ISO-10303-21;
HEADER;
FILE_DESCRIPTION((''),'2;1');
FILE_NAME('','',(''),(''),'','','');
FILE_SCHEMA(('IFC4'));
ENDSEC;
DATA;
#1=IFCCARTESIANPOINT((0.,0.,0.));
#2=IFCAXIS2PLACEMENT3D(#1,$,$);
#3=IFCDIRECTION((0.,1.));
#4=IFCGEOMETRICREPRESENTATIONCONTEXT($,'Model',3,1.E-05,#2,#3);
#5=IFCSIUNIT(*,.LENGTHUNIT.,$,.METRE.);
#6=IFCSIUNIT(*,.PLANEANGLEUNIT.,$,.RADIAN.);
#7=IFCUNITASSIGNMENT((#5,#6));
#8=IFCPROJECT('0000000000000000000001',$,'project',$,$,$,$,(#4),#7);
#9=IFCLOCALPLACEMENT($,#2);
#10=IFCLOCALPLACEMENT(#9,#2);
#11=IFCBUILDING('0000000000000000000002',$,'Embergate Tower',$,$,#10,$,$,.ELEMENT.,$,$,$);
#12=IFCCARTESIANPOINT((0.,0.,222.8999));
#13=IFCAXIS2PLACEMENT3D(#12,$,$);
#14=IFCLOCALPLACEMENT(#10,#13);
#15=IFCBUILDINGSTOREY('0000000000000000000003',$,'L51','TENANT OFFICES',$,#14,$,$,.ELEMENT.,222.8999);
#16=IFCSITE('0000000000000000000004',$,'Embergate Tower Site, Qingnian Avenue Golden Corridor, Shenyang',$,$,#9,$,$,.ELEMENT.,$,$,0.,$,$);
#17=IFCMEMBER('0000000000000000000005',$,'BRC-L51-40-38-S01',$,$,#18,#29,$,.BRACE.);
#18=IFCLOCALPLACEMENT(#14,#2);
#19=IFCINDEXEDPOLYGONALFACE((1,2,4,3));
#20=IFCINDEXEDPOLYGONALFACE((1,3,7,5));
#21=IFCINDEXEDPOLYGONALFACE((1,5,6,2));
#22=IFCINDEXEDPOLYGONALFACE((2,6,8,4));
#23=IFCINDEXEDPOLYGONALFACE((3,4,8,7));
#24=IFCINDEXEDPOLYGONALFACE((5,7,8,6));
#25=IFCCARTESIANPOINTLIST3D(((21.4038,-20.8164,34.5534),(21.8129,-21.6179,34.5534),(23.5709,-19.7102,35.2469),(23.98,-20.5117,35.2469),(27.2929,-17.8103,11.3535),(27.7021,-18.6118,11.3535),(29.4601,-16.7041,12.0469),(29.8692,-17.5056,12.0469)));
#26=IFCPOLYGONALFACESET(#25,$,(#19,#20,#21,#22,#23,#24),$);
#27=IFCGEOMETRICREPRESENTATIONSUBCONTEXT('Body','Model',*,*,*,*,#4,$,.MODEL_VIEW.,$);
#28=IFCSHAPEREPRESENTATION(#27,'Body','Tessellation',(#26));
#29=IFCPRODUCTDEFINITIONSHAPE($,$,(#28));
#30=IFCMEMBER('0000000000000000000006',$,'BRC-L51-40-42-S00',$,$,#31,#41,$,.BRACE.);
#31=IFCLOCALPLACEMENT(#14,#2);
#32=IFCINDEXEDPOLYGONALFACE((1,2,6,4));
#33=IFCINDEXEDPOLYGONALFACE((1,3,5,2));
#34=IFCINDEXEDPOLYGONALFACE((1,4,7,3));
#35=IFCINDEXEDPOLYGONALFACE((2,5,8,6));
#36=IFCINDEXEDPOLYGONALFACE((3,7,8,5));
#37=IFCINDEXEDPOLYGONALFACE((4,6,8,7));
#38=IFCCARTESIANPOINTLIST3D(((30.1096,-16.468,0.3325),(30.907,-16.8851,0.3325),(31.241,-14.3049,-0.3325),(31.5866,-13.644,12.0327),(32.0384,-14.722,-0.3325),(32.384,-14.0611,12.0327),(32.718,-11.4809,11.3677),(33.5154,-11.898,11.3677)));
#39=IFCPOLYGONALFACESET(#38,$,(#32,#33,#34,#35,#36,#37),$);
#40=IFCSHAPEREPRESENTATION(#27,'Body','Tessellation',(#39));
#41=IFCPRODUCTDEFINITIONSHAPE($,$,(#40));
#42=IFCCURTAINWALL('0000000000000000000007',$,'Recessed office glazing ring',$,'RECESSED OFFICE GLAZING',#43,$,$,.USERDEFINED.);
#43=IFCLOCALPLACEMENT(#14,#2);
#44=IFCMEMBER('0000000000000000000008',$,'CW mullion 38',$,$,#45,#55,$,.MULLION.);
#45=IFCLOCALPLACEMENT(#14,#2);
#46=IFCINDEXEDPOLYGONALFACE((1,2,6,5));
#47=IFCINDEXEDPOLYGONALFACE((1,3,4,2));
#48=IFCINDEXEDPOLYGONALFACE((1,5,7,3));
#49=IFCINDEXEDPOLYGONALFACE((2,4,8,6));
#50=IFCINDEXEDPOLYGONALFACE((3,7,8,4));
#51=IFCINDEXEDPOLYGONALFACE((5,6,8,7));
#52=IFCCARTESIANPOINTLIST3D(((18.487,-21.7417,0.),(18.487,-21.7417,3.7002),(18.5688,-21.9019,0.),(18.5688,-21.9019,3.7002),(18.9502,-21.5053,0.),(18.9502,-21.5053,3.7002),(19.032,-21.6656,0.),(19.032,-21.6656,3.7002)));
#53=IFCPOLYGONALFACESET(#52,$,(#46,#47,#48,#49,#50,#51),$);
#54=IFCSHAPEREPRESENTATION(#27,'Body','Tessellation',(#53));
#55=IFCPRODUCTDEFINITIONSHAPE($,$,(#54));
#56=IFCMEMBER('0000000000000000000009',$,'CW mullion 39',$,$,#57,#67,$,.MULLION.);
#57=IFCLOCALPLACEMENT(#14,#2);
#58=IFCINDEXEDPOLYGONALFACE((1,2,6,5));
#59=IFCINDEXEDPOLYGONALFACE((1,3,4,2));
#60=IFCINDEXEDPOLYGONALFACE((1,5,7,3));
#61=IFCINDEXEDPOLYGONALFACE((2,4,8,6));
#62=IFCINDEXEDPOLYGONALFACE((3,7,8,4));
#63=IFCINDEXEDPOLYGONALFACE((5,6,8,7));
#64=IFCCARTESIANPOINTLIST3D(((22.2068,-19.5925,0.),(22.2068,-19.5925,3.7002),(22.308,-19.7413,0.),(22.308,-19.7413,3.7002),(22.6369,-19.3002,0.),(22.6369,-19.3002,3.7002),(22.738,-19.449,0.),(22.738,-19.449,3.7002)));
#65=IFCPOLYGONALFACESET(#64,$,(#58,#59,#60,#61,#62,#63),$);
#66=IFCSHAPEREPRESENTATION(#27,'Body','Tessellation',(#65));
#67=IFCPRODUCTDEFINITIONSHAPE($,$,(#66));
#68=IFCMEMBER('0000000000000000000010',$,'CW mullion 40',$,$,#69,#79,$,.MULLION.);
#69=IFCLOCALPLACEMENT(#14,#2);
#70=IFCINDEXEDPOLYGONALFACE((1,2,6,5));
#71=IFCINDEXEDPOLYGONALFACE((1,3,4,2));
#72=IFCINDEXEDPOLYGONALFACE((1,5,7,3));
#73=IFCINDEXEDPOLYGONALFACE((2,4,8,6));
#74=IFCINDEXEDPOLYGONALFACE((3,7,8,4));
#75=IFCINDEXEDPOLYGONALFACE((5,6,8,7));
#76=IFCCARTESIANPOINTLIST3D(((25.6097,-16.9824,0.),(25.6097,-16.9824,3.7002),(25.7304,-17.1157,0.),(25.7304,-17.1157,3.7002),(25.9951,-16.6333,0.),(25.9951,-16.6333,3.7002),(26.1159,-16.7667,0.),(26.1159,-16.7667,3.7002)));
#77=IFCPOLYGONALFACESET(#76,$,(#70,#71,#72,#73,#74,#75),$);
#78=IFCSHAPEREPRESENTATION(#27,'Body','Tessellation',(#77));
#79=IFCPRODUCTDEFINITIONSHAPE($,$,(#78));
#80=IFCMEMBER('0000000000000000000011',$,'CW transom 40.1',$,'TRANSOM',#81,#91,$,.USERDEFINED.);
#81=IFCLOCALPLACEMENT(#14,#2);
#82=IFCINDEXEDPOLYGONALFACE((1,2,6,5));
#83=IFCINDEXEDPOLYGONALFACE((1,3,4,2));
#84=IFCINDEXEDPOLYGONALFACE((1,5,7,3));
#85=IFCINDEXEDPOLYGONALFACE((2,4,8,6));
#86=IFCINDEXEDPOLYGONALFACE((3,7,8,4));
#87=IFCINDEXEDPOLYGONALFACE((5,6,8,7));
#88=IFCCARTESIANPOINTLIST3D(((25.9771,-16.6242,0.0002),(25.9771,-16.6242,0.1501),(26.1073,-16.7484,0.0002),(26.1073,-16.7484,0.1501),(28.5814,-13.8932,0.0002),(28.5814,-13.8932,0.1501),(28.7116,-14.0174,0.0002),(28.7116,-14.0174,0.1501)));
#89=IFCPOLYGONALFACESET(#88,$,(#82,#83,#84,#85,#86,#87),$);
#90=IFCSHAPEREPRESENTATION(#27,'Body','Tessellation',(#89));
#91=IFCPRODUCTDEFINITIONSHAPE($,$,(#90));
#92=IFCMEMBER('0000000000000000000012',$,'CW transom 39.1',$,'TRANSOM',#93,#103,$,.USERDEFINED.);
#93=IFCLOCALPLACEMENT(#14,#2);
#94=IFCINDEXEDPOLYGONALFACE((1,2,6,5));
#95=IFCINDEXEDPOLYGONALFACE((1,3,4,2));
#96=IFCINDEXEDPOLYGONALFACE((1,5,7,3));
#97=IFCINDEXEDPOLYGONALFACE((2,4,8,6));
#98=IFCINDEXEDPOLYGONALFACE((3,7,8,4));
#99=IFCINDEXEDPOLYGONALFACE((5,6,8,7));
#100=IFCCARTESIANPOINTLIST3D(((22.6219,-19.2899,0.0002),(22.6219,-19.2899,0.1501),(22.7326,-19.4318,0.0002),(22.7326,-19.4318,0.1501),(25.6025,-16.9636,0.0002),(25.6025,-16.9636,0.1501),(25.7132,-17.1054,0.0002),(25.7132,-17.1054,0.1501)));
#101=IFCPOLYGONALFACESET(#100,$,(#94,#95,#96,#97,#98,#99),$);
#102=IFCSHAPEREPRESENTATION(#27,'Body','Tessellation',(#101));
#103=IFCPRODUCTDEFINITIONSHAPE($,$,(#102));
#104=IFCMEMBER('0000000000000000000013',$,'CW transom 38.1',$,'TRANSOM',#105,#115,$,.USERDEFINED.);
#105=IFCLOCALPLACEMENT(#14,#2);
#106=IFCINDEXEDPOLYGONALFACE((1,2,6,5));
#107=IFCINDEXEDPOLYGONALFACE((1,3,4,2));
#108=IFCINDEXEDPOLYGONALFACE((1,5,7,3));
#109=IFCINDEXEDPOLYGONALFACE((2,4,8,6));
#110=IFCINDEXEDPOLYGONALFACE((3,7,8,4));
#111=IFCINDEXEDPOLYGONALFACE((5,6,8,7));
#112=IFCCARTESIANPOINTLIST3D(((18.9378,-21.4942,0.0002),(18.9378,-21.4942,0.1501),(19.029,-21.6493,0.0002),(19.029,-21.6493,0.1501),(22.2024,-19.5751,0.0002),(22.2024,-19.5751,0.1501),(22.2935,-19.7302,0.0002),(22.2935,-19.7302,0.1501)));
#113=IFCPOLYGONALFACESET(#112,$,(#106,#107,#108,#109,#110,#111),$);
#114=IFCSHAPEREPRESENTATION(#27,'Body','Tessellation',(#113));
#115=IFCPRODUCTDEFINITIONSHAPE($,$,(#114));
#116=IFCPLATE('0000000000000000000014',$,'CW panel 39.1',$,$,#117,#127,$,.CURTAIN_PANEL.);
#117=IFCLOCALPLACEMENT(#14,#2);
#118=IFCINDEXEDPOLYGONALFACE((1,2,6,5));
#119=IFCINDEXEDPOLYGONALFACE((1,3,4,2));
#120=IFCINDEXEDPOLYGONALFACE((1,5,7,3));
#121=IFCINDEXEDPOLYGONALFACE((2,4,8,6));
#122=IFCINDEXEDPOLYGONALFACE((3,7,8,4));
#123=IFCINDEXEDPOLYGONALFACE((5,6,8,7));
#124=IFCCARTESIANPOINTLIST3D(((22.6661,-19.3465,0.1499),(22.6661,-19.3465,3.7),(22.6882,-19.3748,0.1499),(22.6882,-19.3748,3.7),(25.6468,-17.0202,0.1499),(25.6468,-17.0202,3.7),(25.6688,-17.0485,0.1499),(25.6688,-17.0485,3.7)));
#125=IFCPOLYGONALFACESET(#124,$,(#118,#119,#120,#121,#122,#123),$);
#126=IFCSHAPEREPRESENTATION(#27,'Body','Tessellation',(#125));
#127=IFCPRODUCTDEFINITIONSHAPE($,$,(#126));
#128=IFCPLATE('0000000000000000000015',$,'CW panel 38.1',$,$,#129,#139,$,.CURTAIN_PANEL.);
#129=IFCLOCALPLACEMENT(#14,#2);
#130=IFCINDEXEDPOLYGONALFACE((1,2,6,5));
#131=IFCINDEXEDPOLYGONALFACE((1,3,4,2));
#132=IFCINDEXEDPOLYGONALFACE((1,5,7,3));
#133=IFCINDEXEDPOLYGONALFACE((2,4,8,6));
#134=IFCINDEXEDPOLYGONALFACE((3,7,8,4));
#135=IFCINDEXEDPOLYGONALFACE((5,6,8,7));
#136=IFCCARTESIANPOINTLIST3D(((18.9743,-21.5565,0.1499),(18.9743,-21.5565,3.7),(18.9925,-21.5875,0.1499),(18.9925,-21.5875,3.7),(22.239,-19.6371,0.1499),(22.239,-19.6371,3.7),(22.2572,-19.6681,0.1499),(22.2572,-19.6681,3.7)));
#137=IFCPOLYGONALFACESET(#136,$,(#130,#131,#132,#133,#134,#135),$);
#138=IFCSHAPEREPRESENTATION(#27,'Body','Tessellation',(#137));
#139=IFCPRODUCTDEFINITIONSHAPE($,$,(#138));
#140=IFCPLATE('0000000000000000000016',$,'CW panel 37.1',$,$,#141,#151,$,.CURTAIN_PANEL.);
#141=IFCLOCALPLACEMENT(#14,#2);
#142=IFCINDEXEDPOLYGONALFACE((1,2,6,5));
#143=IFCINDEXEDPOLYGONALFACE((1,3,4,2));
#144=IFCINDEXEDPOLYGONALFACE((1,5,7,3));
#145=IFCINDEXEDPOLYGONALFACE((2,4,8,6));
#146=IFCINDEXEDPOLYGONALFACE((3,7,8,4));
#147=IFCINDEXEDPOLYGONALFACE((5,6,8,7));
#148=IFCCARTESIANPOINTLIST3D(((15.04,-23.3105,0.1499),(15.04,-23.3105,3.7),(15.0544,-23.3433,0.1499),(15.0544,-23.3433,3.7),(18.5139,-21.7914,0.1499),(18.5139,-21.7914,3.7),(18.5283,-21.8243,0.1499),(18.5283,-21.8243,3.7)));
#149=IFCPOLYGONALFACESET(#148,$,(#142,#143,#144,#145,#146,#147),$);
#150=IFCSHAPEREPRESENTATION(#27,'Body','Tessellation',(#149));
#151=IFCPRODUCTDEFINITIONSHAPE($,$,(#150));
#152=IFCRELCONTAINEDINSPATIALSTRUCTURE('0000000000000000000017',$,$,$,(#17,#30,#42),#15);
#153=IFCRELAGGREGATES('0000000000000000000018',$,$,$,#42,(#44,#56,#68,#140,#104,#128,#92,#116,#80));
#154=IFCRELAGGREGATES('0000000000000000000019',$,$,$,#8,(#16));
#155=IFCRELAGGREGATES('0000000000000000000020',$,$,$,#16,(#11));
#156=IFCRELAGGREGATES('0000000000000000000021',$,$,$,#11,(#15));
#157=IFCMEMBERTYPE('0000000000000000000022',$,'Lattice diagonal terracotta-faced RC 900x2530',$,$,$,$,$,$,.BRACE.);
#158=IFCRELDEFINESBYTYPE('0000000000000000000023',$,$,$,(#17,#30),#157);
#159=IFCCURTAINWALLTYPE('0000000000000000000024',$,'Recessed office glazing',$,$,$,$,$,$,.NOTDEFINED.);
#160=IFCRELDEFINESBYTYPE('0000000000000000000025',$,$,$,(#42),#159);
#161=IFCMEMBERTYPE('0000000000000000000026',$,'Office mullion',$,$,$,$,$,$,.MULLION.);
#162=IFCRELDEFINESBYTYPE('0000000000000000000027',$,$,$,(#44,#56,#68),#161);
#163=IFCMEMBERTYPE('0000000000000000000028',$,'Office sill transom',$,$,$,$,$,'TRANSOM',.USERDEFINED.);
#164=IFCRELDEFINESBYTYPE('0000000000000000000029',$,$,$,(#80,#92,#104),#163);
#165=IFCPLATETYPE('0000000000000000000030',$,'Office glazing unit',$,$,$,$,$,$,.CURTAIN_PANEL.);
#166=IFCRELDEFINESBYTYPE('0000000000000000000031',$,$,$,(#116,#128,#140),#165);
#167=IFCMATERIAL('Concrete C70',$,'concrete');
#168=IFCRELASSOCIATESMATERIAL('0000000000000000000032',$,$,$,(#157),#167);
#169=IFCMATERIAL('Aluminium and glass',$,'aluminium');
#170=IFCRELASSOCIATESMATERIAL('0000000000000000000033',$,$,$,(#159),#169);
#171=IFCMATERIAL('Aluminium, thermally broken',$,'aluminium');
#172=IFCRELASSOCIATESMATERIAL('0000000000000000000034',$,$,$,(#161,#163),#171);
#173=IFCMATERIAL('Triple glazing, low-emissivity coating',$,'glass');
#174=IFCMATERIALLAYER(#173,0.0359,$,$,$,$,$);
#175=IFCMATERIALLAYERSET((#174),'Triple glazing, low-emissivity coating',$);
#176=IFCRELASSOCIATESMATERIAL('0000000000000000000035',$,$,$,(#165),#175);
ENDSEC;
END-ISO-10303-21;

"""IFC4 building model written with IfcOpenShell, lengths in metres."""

from ifc_helpers import new_model, si_unit, direction, frame, origin, origin_2d, place, context, subcontext, project, spatial, rectangle, extrude, source, transform, mapped, material, layer, layer_set, material_profile, profile_set, type_object, element, aggregate, save


model = new_model("IFC4")

# Units and contexts
model_context = context("Model", 3, precision=1e-05, world=origin(), true_north=direction((0.0, 1.0)))
body_context = subcontext(model_context, "Body", "Model", "MODEL_VIEW")
ifc_project = project(units=[si_unit("LENGTHUNIT", "METRE"), si_unit("PLANEANGLEUNIT", "RADIAN")], contexts=[model_context])

# Site, building, storey
site_placement = place(None, origin())
site = spatial("IfcSite", under=ifc_project, at=site_placement, Name="Embergate Tower Site, Qingnian Avenue Golden Corridor, Shenyang", CompositionType="ELEMENT", RefElevation=0.0)
building_placement = place(site_placement, origin())
building = spatial("IfcBuilding", under=site, at=building_placement, Name="Embergate Tower", CompositionType="ELEMENT")
storey_placement = place(building_placement, frame((0.0, 0.0, 222.8999)))
storey = spatial("IfcBuildingStorey", under=building, at=storey_placement, Name="L51", Description="TENANT OFFICES", CompositionType="ELEMENT", Elevation=222.8999)

# Members
ifc_material_1 = material(Name="Concrete C70", Category="concrete")
ifc_material_profile_1 = material_profile(ifc_material_1, rectangle(XDim=0.8999, YDim=2.53, at=origin_2d()), Name="RC 900x2530")
ifc_profile_set_1 = profile_set([ifc_material_profile_1], Name="Concrete C70")
member_type_1 = type_object("IfcMemberType", Name="Lattice diagonal terracotta-faced RC 900x2530", PredefinedType="BRACE", material=ifc_profile_set_1)
shared_shape_1 = source(origin(), body_context, "Body", "SweptSolid", [
    extrude(rectangle(XDim=0.8999, YDim=2.53, at=origin_2d()), origin(), (0.0, 0.0, 1.0), 24.1238),
])
member_1_placement = place(storey_placement, frame((28.5811, -17.658, 11.7002), z_axis=(-0.244123, -0.124612, 0.961705), x_axis=(0.454642, -0.890674, 0.0)))
element("IfcMember", 1, at=member_1_placement, inside=storey, type_object=member_type_1, Name="BRC-L51-40-38-S01", PredefinedType="BRACE", context=body_context, shape_type="MappedRepresentation", body=[
    mapped(shared_shape_1, transform((0.0, 0.0, 0.0))),
])
shared_shape_2 = source(origin(), body_context, "Body", "SweptSolid", [
    extrude(rectangle(XDim=0.8999, YDim=2.53, at=origin_2d()), origin(), (0.0, 0.0, 1.0), 12.1265),
])
member_2_placement = place(storey_placement, frame((31.074, -15.595, 0.0), z_axis=(0.121804, 0.232877, 0.964848), x_axis=(-0.886112, 0.463472, 0.0)))
element("IfcMember", 2, at=member_2_placement, inside=storey, type_object=member_type_1, Name="BRC-L51-40-42-S00", PredefinedType="BRACE", context=body_context, shape_type="MappedRepresentation", body=[
    mapped(shared_shape_2, transform((0.0, 0.0, 0.0))),
])

# Curtain wall, members, plates
ifc_material_2 = material(Name="Aluminium and glass", Category="aluminium")
curtain_wall_type = type_object("IfcCurtainWallType", Name="Recessed office glazing", PredefinedType="NOTDEFINED", material=ifc_material_2)
curtain_wall_placement = place(storey_placement, origin())
curtain_wall = element("IfcCurtainWall", 3, at=curtain_wall_placement, inside=storey, type_object=curtain_wall_type, Name="Recessed office glazing ring", ObjectType="RECESSED OFFICE GLAZING", PredefinedType="USERDEFINED")
ifc_material_3 = material(Name="Aluminium, thermally broken", Category="aluminium")
ifc_material_profile_2 = material_profile(ifc_material_3, rectangle(XDim=0.1799, YDim=0.52, at=origin_2d()), Name="AL 520x180")
ifc_profile_set_2 = profile_set([ifc_material_profile_2], Name="Aluminium, thermally broken")
member_type_2 = type_object("IfcMemberType", Name="Office mullion", PredefinedType="MULLION", material=ifc_profile_set_2)
shared_shape_3 = source(origin(), body_context, "Body", "SweptSolid", [
    extrude(rectangle(XDim=0.1799, YDim=0.52, at=origin_2d()), origin(), (0.0, 0.0, 1.0), 3.7002),
])
member_3_placement = place(storey_placement, frame((18.7595, -21.7036, 0.0), z_axis=(0.0, 0.0, 1.0), x_axis=(-0.454513, 0.89074, 0.0)))
member_3 = element("IfcMember", 4, at=member_3_placement, type_object=member_type_2, Name="CW mullion 38", PredefinedType="MULLION", context=body_context, shape_type="MappedRepresentation", body=[
    mapped(shared_shape_3, transform((0.0, 0.0, 0.0))),
])
member_4_placement = place(storey_placement, frame((22.4724, -19.5208, 0.0), z_axis=(0.0, 0.0, 1.0), x_axis=(-0.562219, 0.826988, 0.0)))
member_4 = element("IfcMember", 5, at=member_4_placement, type_object=member_type_2, Name="CW mullion 39", PredefinedType="MULLION", context=body_context, shape_type="MappedRepresentation", body=[
    mapped(shared_shape_3, transform((0.0, 0.0, 0.0))),
])
member_5_placement = place(storey_placement, frame((25.8628, -16.8745, 0.0), z_axis=(0.0, 0.0, 1.0), x_axis=(-0.671228, 0.741251, 0.0)))
member_5 = element("IfcMember", 6, at=member_5_placement, type_object=member_type_2, Name="CW mullion 40", PredefinedType="MULLION", context=body_context, shape_type="MappedRepresentation", body=[
    mapped(shared_shape_3, transform((0.0, 0.0, 0.0))),
])
ifc_material_profile_3 = material_profile(ifc_material_3, rectangle(XDim=0.1799, YDim=0.1499, at=origin_2d()), Name="AL 150x180")
ifc_profile_set_3 = profile_set([ifc_material_profile_3], Name="Aluminium, thermally broken")
member_type_3 = type_object("IfcMemberType", Name="Office sill transom", ElementType="TRANSOM", PredefinedType="USERDEFINED", material=ifc_profile_set_3)
shared_shape_4 = source(origin(), body_context, "Body", "SweptSolid", [
    extrude(rectangle(XDim=0.1799, YDim=0.1499, at=origin_2d()), origin(), (0.0, 0.0, 1.0), 3.7737),
])
member_6_placement = place(storey_placement, frame((26.0422, -16.6863, 0.0752), z_axis=(0.690119, 0.723696, 0.0), x_axis=(-0.723696, 0.690119, 0.0)))
member_6 = element("IfcMember", 7, at=member_6_placement, type_object=member_type_3, Name="CW transom 40.1", ObjectType="TRANSOM", PredefinedType="USERDEFINED", context=body_context, shape_type="MappedRepresentation", body=[
    mapped(shared_shape_4, transform((0.0, 0.0, 0.0))),
])
shared_shape_5 = source(origin(), body_context, "Body", "SweptSolid", [
    extrude(rectangle(XDim=0.1799, YDim=0.1499, at=origin_2d()), origin(), (0.0, 0.0, 1.0), 3.781),
])
member_7_placement = place(storey_placement, frame((22.6772, -19.3608, 0.0752), z_axis=(0.788315, 0.615272, 0.0), x_axis=(-0.615272, 0.788315, 0.0)))
member_7 = element("IfcMember", 8, at=member_7_placement, type_object=member_type_3, Name="CW transom 39.1", ObjectType="TRANSOM", PredefinedType="USERDEFINED", context=body_context, shape_type="MappedRepresentation", body=[
    mapped(shared_shape_5, transform((0.0, 0.0, 0.0))),
])
shared_shape_6 = source(origin(), body_context, "Body", "SweptSolid", [
    extrude(rectangle(XDim=0.1799, YDim=0.1499, at=origin_2d()), origin(), (0.0, 0.0, 1.0), 3.7869),
])
member_8_placement = place(storey_placement, frame((18.9834, -21.5718, 0.0752), z_axis=(0.862072, 0.506786, 0.0), x_axis=(-0.506786, 0.862072, 0.0)))
member_8 = element("IfcMember", 9, at=member_8_placement, type_object=member_type_3, Name="CW transom 38.1", ObjectType="TRANSOM", PredefinedType="USERDEFINED", context=body_context, shape_type="MappedRepresentation", body=[
    mapped(shared_shape_6, transform((0.0, 0.0, 0.0))),
])
ifc_material_4 = material(Name="Triple glazing, low-emissivity coating", Category="glass")
ifc_layer_1 = layer(ifc_material_4, 0.0359)
ifc_layer_set_1 = layer_set([ifc_layer_1], Name="Triple glazing, low-emissivity coating")
plate_type = type_object("IfcPlateType", Name="Office glazing unit", PredefinedType="CURTAIN_PANEL", material=ifc_layer_set_1)
shared_shape_7 = source(origin(), body_context, "Body", "SweptSolid", [
    extrude(rectangle(XDim=3.781, YDim=0.0359, at=origin_2d()), origin(), (0.0, 0.0, 1.0), 3.55),
])
plate_1_placement = place(storey_placement, frame((24.1675, -18.1975, 0.1499), z_axis=(0.0, 0.0, 1.0), x_axis=(0.788317, 0.615269, 0.0)))
plate_1 = element("IfcPlate", 10, at=plate_1_placement, type_object=plate_type, Name="CW panel 39.1", PredefinedType="CURTAIN_PANEL", context=body_context, shape_type="MappedRepresentation", body=[
    mapped(shared_shape_7, transform((0.0, 0.0, 0.0))),
])
shared_shape_8 = source(origin(), body_context, "Body", "SweptSolid", [
    extrude(rectangle(XDim=3.7871, YDim=0.0359, at=origin_2d()), origin(), (0.0, 0.0, 1.0), 3.55),
])
plate_2_placement = place(storey_placement, frame((20.6157, -20.6123, 0.1499), z_axis=(0.0, 0.0, 1.0), x_axis=(0.862051, 0.506822, 0.0)))
plate_2 = element("IfcPlate", 11, at=plate_2_placement, type_object=plate_type, Name="CW panel 38.1", PredefinedType="CURTAIN_PANEL", context=body_context, shape_type="MappedRepresentation", body=[
    mapped(shared_shape_8, transform((0.0, 0.0, 0.0))),
])
shared_shape_9 = source(origin(), body_context, "Body", "SweptSolid", [
    extrude(rectangle(XDim=3.7915, YDim=0.0359, at=origin_2d()), origin(), (0.0, 0.0, 1.0), 3.55),
])
plate_3_placement = place(storey_placement, frame((16.7842, -22.5674, 0.1499), z_axis=(0.0, 0.0, 1.0), x_axis=(0.916234, 0.400643, 0.0)))
plate_3 = element("IfcPlate", 12, at=plate_3_placement, type_object=plate_type, Name="CW panel 37.1", PredefinedType="CURTAIN_PANEL", context=body_context, shape_type="MappedRepresentation", body=[
    mapped(shared_shape_9, transform((0.0, 0.0, 0.0))),
])
aggregate(curtain_wall, [member_3, member_4, member_5, plate_3, member_8, plate_2, member_7, plate_1, member_6])

save(model, "model.ifc")
